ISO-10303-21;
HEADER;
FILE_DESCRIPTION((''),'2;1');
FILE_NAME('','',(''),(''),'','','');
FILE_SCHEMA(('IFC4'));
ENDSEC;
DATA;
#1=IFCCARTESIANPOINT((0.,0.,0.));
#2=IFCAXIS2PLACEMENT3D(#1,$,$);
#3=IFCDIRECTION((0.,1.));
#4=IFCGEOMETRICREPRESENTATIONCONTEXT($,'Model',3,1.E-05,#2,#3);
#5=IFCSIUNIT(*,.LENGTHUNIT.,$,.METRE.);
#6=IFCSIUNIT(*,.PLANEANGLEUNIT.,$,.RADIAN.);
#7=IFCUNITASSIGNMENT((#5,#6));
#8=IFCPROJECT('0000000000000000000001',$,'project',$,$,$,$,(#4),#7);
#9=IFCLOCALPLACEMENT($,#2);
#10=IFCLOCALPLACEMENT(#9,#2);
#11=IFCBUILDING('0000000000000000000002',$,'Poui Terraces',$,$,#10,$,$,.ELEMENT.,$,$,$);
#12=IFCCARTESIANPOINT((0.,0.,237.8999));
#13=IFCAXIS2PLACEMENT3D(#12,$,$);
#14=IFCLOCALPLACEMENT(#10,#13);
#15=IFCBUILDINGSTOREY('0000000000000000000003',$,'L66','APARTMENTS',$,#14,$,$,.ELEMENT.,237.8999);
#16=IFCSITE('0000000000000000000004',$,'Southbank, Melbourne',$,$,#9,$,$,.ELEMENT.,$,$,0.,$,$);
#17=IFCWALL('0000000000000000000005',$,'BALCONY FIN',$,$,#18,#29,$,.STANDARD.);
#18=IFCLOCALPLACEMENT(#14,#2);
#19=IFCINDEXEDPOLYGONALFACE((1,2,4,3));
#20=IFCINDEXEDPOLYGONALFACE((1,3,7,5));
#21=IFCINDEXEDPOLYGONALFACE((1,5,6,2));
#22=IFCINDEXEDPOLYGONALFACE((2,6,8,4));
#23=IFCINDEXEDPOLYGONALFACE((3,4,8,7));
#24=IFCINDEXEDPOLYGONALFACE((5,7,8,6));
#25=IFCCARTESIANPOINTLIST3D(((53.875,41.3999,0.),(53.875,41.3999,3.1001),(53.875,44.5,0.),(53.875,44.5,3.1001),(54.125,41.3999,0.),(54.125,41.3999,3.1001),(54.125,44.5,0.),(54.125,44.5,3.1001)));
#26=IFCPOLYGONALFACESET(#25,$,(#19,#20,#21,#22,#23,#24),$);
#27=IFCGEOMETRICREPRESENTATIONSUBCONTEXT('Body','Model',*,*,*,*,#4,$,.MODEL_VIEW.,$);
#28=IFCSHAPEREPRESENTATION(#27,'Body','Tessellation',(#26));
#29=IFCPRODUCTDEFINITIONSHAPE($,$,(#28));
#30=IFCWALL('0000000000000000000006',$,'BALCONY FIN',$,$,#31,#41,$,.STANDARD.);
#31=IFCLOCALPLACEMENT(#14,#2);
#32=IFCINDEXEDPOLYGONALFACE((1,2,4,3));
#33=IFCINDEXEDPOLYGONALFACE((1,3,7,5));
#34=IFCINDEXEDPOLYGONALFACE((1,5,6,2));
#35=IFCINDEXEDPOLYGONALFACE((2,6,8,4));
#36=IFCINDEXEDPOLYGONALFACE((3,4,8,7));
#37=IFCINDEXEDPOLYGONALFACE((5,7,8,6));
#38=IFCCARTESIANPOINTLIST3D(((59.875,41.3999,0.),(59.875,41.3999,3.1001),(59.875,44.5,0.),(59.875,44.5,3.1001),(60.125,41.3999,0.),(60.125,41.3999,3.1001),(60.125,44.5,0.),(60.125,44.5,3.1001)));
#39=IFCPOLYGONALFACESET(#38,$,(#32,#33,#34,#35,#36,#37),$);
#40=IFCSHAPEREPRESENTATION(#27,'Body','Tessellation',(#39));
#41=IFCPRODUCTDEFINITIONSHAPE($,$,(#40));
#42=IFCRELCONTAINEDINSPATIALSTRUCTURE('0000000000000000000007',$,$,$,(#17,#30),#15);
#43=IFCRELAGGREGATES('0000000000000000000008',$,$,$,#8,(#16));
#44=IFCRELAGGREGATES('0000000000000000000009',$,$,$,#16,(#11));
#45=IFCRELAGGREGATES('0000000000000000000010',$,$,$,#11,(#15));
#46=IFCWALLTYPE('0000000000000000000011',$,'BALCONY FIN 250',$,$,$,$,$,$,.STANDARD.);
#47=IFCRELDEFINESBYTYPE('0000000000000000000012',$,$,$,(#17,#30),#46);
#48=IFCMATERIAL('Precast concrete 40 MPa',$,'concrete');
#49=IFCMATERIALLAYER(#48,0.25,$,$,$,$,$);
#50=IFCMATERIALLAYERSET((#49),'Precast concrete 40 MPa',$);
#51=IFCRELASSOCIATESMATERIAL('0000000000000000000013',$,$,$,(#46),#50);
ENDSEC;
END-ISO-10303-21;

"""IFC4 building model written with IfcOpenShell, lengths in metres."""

from ifc_helpers import new_model, si_unit, direction, frame, origin, place, context, subcontext, project, spatial, polyline, outline, extrude, source, transform, mapped, material, layer, layer_set, type_object, element, save


model = new_model("IFC4")

# Units and contexts
model_context = context("Model", 3, precision=1e-05, world=origin(), true_north=direction((0.0, 1.0)))
body_context = subcontext(model_context, "Body", "Model", "MODEL_VIEW")
ifc_project = project(units=[si_unit("LENGTHUNIT", "METRE"), si_unit("PLANEANGLEUNIT", "RADIAN")], contexts=[model_context])

# Site, building, storey
site_placement = place(None, origin())
site = spatial("IfcSite", under=ifc_project, at=site_placement, Name="Southbank, Melbourne", CompositionType="ELEMENT", RefElevation=0.0)
building_placement = place(site_placement, origin())
building = spatial("IfcBuilding", under=site, at=building_placement, Name="Poui Terraces", CompositionType="ELEMENT")
storey_placement = place(building_placement, frame((0.0, 0.0, 237.8999)))
storey = spatial("IfcBuildingStorey", under=building, at=storey_placement, Name="L66", Description="APARTMENTS", CompositionType="ELEMENT", Elevation=237.8999)

# Walls
ifc_material_1 = material(Name="Precast concrete 40 MPa", Category="concrete")
ifc_layer_1 = layer(ifc_material_1, 0.25)
ifc_layer_set_1 = layer_set([ifc_layer_1], Name="Precast concrete 40 MPa")
wall_type_1 = type_object("IfcWallType", Name="BALCONY FIN 250", PredefinedType="STANDARD", material=ifc_layer_set_1)
shared_shape_1 = source(origin(), body_context, "Body", "SweptSolid", [
    extrude(outline(polyline([(0.0, 0.0), (0.25, 0.0), (0.25, 3.1001), (0.0, 3.1001), (0.0, 0.0)])), origin(), (0.0, 0.0, 1.0), 3.1001),
])
for number, where, name in (
    (1, (53.875, 41.3999, 0.0), "BALCONY FIN"),
    (2, (59.875, 41.3999, 0.0), "BALCONY FIN"),
):
    element("IfcWall", number, at=place(storey_placement, frame(where)), inside=storey, type_object=wall_type_1, Name=name, PredefinedType="STANDARD", context=body_context, shape_type="MappedRepresentation", body=[
        mapped(shared_shape_1, transform((0.0, 0.0, 0.0))),
    ])

save(model, "model.ifc")
